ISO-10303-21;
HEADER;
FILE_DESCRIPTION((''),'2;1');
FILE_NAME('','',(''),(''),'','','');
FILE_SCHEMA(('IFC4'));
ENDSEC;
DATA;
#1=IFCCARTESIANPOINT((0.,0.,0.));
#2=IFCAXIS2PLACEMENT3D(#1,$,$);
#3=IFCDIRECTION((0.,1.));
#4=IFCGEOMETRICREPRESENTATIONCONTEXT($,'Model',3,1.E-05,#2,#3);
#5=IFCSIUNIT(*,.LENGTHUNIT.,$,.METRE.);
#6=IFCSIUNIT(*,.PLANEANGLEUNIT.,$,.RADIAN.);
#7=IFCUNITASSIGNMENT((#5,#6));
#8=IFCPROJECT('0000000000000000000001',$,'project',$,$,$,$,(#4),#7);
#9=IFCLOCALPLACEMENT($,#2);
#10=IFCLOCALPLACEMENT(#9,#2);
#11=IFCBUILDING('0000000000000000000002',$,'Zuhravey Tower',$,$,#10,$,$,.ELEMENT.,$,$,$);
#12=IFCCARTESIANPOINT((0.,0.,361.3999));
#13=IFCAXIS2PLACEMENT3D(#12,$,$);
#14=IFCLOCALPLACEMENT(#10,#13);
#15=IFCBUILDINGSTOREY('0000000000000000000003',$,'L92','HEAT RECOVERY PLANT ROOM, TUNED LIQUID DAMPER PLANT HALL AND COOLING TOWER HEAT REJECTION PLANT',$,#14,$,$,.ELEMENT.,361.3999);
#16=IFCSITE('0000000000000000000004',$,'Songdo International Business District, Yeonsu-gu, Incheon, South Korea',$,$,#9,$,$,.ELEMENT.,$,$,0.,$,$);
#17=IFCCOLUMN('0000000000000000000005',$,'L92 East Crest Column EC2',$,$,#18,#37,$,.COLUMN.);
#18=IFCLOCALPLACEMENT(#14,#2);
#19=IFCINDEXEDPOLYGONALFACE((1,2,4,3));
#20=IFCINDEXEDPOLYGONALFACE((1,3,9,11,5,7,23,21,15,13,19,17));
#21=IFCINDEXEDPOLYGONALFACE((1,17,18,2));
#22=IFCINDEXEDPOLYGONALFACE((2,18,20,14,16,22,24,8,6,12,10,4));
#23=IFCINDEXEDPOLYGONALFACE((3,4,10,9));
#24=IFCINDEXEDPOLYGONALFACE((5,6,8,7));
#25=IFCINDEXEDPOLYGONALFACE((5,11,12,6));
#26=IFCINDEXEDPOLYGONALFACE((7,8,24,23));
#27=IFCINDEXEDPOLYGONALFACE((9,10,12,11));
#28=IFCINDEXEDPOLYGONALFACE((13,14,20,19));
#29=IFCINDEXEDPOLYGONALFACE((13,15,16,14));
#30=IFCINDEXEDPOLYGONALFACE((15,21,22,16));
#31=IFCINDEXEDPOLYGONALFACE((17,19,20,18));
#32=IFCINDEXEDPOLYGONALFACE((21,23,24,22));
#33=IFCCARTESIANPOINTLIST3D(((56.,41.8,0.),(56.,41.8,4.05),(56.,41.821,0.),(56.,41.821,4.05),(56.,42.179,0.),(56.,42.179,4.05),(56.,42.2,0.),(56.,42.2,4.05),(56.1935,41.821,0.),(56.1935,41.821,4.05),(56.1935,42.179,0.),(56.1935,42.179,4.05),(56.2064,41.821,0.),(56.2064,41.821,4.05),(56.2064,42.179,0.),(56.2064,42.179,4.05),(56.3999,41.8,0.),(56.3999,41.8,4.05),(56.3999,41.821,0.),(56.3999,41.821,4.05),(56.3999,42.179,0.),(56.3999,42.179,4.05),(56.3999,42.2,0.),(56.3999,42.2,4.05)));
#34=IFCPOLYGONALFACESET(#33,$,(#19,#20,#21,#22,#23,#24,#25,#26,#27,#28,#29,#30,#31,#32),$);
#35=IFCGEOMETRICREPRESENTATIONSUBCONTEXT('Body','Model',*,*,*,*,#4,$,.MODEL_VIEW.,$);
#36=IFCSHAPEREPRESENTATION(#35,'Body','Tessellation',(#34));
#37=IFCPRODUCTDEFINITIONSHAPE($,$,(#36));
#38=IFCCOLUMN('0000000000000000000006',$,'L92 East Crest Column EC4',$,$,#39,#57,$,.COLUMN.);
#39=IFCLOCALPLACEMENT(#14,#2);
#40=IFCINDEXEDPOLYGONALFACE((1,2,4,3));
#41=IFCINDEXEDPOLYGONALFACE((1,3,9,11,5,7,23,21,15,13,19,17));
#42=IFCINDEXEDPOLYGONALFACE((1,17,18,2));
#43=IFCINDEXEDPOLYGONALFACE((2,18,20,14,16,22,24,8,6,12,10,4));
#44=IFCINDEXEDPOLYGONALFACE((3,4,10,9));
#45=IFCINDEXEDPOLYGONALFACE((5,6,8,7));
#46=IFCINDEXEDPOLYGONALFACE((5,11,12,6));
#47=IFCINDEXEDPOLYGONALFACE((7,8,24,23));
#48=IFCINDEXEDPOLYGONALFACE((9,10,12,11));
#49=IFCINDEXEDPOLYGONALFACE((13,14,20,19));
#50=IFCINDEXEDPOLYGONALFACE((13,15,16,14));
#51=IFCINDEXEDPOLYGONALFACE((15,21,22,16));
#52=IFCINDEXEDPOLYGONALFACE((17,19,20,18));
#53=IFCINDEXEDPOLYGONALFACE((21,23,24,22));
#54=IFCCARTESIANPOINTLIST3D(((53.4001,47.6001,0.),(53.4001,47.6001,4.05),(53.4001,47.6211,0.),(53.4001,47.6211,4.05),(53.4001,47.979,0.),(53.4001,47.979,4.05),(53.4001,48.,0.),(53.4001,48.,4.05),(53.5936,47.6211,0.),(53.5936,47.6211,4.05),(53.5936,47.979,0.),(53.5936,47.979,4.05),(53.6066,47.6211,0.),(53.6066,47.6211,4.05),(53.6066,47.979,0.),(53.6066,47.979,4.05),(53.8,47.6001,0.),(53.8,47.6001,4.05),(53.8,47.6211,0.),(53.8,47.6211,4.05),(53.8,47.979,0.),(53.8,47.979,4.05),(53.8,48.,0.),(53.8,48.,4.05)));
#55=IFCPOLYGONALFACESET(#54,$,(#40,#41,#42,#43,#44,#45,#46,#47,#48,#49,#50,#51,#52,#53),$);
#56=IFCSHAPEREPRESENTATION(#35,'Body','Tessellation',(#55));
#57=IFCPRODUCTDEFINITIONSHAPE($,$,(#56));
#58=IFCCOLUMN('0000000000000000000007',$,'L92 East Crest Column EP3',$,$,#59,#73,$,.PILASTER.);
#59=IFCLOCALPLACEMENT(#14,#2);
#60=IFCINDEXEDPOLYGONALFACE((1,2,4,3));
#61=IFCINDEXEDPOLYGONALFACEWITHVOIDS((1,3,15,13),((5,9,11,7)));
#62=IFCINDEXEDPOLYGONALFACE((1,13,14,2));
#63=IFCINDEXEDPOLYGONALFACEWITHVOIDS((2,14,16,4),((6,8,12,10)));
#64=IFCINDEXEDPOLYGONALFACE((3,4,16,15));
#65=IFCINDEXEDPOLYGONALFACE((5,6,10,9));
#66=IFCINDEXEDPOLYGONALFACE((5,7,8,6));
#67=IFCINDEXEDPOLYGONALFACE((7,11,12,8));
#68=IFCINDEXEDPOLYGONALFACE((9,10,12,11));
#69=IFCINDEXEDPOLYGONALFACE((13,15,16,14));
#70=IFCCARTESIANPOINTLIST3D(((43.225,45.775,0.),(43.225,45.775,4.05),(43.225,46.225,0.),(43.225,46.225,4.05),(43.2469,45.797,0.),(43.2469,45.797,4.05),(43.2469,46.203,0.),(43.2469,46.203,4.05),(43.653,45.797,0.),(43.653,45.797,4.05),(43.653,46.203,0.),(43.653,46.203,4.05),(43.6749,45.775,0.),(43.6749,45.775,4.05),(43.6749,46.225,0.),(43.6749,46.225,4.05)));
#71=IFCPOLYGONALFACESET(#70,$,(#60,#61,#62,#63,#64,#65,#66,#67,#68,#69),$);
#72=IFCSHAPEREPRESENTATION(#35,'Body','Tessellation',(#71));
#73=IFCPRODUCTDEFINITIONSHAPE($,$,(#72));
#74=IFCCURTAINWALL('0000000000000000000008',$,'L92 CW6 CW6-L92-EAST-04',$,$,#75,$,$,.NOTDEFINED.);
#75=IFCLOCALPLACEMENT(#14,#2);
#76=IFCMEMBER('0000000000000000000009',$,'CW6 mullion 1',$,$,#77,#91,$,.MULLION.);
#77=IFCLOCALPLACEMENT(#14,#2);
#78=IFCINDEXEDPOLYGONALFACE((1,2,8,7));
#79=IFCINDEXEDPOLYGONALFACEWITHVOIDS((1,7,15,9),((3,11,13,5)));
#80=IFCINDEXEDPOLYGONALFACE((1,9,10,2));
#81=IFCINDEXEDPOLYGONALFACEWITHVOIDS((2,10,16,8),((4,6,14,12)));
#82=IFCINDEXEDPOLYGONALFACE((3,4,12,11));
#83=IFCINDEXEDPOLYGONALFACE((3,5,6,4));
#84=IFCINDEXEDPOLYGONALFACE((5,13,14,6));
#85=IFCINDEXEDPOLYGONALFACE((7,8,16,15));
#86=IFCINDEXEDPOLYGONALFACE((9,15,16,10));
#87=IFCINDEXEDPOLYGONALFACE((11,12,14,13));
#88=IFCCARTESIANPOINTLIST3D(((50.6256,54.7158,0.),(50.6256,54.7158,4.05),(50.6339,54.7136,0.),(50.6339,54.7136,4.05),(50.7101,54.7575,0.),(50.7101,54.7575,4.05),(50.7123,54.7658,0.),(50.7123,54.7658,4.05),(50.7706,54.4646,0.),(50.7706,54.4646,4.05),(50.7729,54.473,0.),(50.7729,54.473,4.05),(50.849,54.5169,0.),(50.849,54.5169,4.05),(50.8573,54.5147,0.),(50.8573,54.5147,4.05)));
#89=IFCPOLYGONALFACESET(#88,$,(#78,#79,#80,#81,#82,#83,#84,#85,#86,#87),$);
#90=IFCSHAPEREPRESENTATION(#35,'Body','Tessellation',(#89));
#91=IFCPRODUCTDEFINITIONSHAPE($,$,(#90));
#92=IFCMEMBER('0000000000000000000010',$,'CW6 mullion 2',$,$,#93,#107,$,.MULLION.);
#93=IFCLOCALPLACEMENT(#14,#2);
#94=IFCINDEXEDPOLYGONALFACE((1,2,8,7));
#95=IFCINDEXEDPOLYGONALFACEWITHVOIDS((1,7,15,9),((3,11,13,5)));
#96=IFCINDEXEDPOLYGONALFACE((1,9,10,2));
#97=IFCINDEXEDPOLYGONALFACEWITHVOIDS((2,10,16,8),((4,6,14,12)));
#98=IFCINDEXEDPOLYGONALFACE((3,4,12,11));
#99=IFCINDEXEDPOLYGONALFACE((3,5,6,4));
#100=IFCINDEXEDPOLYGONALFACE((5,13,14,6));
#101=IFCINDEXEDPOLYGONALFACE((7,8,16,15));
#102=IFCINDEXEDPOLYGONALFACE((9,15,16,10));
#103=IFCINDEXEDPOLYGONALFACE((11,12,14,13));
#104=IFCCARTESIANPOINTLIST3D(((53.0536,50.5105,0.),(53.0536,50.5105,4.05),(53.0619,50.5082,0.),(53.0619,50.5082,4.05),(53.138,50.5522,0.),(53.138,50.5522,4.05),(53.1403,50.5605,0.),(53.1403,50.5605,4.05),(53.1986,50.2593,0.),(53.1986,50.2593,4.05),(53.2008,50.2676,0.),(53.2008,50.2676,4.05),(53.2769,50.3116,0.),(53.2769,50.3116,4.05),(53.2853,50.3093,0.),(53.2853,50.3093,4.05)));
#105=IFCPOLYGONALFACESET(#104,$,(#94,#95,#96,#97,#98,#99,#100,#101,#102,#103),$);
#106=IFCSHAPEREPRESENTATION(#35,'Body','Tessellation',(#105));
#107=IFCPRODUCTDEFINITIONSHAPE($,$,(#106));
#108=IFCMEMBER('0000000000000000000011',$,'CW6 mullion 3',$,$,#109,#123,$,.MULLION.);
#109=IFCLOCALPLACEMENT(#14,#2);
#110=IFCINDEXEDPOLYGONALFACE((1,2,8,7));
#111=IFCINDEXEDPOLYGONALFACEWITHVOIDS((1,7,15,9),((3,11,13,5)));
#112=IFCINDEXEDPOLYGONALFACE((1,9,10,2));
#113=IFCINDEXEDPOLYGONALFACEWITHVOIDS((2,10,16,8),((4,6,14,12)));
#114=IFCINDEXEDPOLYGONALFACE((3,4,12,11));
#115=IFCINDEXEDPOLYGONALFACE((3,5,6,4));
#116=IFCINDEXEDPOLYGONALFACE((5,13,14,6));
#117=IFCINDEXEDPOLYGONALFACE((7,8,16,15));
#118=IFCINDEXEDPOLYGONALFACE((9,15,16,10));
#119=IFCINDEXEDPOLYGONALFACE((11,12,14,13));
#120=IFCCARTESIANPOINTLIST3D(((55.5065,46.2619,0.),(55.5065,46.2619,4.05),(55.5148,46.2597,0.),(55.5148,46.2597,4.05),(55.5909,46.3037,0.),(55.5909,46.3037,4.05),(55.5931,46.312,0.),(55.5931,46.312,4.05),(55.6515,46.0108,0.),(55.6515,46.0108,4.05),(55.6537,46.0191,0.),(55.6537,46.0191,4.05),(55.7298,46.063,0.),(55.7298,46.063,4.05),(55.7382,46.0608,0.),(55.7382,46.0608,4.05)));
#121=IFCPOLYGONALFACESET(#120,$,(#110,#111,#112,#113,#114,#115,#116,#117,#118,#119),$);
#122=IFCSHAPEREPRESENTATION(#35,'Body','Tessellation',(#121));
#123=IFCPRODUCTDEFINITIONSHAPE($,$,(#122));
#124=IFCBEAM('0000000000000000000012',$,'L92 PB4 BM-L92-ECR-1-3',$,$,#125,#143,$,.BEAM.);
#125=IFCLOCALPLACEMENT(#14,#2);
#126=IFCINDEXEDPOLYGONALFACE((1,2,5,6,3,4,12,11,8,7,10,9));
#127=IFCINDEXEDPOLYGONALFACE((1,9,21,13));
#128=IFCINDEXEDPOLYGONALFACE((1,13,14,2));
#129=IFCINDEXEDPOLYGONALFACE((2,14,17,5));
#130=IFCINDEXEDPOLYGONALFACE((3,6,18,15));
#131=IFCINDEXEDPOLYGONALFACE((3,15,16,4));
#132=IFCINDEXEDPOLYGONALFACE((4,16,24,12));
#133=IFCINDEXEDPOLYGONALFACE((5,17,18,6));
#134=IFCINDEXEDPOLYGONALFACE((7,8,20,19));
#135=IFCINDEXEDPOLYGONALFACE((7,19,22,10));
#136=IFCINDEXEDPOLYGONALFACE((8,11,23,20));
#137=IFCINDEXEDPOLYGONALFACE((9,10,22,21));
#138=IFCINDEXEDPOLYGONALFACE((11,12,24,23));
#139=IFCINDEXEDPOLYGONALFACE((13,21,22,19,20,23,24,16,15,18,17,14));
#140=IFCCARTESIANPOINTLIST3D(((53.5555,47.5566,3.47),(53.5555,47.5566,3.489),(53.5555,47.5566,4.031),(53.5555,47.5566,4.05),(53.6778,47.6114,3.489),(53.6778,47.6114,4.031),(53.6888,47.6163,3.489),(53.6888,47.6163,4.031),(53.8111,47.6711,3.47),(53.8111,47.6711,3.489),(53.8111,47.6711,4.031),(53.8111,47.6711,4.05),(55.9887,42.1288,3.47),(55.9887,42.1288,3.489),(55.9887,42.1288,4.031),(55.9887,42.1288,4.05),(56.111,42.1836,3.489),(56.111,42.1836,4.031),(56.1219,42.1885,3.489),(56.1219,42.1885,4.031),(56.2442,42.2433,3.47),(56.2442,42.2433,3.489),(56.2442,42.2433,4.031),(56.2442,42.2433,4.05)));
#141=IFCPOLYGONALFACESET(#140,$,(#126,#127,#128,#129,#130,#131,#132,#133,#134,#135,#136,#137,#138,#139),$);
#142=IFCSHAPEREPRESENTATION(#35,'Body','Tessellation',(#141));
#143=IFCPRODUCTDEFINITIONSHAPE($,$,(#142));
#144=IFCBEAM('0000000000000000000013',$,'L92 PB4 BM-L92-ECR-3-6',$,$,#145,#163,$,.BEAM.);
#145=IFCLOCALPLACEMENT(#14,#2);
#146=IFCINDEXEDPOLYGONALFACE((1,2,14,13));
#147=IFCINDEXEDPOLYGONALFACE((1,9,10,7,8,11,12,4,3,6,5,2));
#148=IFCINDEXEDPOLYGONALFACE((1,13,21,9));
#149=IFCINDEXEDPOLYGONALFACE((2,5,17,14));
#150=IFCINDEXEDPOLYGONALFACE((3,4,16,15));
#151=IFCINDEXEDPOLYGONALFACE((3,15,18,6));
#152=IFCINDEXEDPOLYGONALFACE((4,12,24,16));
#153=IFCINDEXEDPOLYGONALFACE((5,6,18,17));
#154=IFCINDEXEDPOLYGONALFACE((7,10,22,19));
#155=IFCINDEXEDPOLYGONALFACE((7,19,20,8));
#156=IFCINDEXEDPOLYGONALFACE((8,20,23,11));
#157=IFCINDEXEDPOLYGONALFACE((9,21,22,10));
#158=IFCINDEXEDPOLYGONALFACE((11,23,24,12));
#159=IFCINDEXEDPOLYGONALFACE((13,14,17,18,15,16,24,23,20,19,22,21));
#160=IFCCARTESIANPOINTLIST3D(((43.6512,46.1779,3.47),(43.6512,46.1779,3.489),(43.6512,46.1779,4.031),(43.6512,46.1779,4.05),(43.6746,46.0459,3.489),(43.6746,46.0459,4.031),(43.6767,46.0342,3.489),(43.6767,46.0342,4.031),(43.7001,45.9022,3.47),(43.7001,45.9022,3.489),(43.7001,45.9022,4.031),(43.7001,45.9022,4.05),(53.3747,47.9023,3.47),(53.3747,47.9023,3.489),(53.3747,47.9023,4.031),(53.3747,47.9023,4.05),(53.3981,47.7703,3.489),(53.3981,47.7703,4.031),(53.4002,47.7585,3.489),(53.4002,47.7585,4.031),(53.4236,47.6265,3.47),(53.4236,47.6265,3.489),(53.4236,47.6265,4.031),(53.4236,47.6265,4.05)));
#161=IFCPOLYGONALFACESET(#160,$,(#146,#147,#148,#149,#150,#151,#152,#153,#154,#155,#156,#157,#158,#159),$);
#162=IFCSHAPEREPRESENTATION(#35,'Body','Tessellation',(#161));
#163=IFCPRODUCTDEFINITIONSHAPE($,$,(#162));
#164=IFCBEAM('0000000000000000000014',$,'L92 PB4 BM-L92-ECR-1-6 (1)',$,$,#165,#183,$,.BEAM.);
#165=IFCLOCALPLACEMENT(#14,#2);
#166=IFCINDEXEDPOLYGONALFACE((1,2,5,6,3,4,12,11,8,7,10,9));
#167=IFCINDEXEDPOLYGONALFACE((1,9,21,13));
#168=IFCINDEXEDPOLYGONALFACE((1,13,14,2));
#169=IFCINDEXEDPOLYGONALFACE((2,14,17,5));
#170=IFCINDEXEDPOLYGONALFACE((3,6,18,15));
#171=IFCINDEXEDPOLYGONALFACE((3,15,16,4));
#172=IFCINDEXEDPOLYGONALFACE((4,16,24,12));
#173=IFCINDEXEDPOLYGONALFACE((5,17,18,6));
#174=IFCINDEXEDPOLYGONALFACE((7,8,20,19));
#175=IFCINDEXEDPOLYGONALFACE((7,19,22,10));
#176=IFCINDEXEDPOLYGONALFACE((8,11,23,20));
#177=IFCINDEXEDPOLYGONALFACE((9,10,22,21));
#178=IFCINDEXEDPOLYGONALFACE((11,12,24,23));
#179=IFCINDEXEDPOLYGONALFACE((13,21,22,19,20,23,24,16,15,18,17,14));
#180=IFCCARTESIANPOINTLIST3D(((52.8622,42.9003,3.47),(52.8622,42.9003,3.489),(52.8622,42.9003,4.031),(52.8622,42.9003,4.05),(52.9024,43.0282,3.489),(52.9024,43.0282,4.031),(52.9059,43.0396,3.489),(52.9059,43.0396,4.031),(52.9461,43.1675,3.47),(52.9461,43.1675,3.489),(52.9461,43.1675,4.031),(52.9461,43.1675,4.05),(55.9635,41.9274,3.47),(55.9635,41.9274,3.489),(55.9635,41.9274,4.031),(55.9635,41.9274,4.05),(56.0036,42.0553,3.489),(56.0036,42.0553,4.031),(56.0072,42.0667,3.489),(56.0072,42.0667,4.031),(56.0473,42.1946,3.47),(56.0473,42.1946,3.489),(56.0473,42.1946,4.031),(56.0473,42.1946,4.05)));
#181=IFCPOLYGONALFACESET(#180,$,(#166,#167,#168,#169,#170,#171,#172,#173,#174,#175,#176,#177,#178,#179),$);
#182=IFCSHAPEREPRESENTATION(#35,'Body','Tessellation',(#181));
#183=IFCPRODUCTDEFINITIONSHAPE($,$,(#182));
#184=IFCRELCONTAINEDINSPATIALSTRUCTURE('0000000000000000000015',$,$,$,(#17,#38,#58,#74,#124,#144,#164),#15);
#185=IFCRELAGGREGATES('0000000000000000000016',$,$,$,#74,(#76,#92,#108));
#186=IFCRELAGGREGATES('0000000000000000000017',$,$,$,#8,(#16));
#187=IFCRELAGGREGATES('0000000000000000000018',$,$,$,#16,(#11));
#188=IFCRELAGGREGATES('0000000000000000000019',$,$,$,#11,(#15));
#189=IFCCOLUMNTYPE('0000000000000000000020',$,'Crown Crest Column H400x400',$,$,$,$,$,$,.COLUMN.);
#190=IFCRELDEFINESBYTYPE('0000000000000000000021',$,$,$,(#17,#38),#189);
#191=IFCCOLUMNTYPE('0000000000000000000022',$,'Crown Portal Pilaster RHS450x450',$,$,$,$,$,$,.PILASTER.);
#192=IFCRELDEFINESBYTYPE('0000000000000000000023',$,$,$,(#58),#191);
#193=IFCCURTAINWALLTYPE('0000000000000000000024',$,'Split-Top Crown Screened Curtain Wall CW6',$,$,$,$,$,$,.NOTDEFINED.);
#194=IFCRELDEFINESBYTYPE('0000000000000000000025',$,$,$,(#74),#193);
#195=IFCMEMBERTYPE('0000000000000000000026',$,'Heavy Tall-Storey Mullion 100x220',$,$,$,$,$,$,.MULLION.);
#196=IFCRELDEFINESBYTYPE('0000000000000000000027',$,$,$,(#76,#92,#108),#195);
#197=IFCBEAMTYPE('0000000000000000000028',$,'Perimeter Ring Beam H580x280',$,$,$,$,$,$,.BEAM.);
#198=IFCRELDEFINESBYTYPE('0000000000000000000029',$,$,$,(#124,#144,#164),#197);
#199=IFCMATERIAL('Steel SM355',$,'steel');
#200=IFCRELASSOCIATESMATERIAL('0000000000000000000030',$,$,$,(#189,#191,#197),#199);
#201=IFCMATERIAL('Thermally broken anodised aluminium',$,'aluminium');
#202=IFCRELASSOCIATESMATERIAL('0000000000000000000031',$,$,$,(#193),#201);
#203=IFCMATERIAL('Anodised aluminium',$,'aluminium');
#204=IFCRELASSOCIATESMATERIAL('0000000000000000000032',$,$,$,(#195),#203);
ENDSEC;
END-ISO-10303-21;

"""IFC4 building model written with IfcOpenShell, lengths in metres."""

from ifc_helpers import new_model, si_unit, direction, frame, origin, origin_2d, place, context, subcontext, project, spatial, hollow_rectangle, i_section, extrude, material, material_profile, profile_set, type_object, element, aggregate, save


model = new_model("IFC4")

# Units and contexts
model_context = context("Model", 3, precision=1e-05, world=origin(), true_north=direction((0.0, 1.0)))
body_context = subcontext(model_context, "Body", "Model", "MODEL_VIEW")
ifc_project = project(units=[si_unit("LENGTHUNIT", "METRE"), si_unit("PLANEANGLEUNIT", "RADIAN")], contexts=[model_context])

# Site, building, storey
site_placement = place(None, origin())
site = spatial("IfcSite", under=ifc_project, at=site_placement, Name="Songdo International Business District, Yeonsu-gu, Incheon, South Korea", CompositionType="ELEMENT", RefElevation=0.0)
building_placement = place(site_placement, origin())
building = spatial("IfcBuilding", under=site, at=building_placement, Name="Zuhravey Tower", CompositionType="ELEMENT")
storey_placement = place(building_placement, frame((0.0, 0.0, 361.3999)))
storey = spatial("IfcBuildingStorey", under=building, at=storey_placement, Name="L92", Description="HEAT RECOVERY PLANT ROOM, TUNED LIQUID DAMPER PLANT HALL AND COOLING TOWER HEAT REJECTION PLANT", CompositionType="ELEMENT", Elevation=361.3999)

# Columns
ifc_material_1 = material(Name="Steel SM355", Category="steel")
ifc_material_profile_1 = material_profile(ifc_material_1, i_section(OverallWidth=0.3999, OverallDepth=0.3999, WebThickness=0.0129, FlangeThickness=0.021, at=origin_2d()), Name="H-400x400x13x21")
ifc_profile_set_1 = profile_set([ifc_material_profile_1], Name="Steel SM355")
column_type_1 = type_object("IfcColumnType", Name="Crown Crest Column H400x400", PredefinedType="COLUMN", material=ifc_profile_set_1)
for number, where, z_axis, x_axis, name in (
    (1, (56.2, 42.0, 0.0), (0.0, 0.0, 1.0), (1.0, 0.0, 0.0), "L92 East Crest Column EC2"),
    (2, (53.6001, 47.8, 0.0), (0.0, 0.0, 1.0), (1.0, 0.0, 0.0), "L92 East Crest Column EC4"),
):
    element("IfcColumn", number, at=place(storey_placement, frame(where, z_axis=z_axis, x_axis=x_axis)), inside=storey, type_object=column_type_1, Name=name, PredefinedType="COLUMN", context=body_context, shape_type="SweptSolid", body=[
        extrude(i_section(OverallWidth=0.3999, OverallDepth=0.3999, WebThickness=0.0129, FlangeThickness=0.021, at=origin_2d()), origin(), (0.0, 0.0, 1.0), 4.05),
    ])
ifc_material_profile_2 = material_profile(ifc_material_1, hollow_rectangle(XDim=0.45, YDim=0.45, WallThickness=0.022, at=origin_2d()), Name="RHS-450x450x22")
ifc_profile_set_2 = profile_set([ifc_material_profile_2], Name="Steel SM355")
column_type_2 = type_object("IfcColumnType", Name="Crown Portal Pilaster RHS450x450", PredefinedType="PILASTER", material=ifc_profile_set_2)
column_placement = place(storey_placement, frame((43.45, 46.0, 0.0), z_axis=(0.0, 0.0, 1.0), x_axis=(1.0, 0.0, 0.0)))
element("IfcColumn", 3, at=column_placement, inside=storey, type_object=column_type_2, Name="L92 East Crest Column EP3", PredefinedType="PILASTER", context=body_context, shape_type="SweptSolid", body=[
    extrude(hollow_rectangle(XDim=0.45, YDim=0.45, WallThickness=0.022, at=origin_2d()), origin(), (0.0, 0.0, 1.0), 4.05),
])

# Curtain wall, members
ifc_material_2 = material(Name="Thermally broken anodised aluminium", Category="aluminium")
curtain_wall_type = type_object("IfcCurtainWallType", Name="Split-Top Crown Screened Curtain Wall CW6", PredefinedType="NOTDEFINED", material=ifc_material_2)
curtain_wall_placement = place(storey_placement, origin())
curtain_wall = element("IfcCurtainWall", 4, at=curtain_wall_placement, inside=storey, type_object=curtain_wall_type, Name="L92 CW6 CW6-L92-EAST-04", PredefinedType="NOTDEFINED")
ifc_material_3 = material(Name="Anodised aluminium", Category="aluminium")
ifc_material_profile_3 = material_profile(ifc_material_3, hollow_rectangle(XDim=0.1001, YDim=0.29, WallThickness=0.0061, at=origin_2d()), Name="ALU-RHS-100x290x6")
ifc_profile_set_3 = profile_set([ifc_material_profile_3], Name="Anodised aluminium")
member_type_1 = type_object("IfcMemberType", Name="Heavy Tall-Storey Mullion 100x220", PredefinedType="MULLION", material=ifc_profile_set_3)
member_1_placement = place(storey_placement, frame((50.7415, 54.6152, 0.0), z_axis=(0.0, 0.0, 1.0), x_axis=(0.866027, 0.499997, 0.0)))
member_1 = element("IfcMember", 5, at=member_1_placement, type_object=member_type_1, Name="CW6 mullion 1", PredefinedType="MULLION", context=body_context, shape_type="SweptSolid", body=[
    extrude(hollow_rectangle(XDim=0.1001, YDim=0.29, WallThickness=0.0061, at=origin_2d()), origin(), (0.0, 0.0, 1.0), 4.05),
])
member_2_placement = place(storey_placement, frame((53.1694, 50.4099, 0.0), z_axis=(0.0, 0.0, 1.0), x_axis=(0.866027, 0.499997, 0.0)))
member_2 = element("IfcMember", 6, at=member_2_placement, type_object=member_type_1, Name="CW6 mullion 2", PredefinedType="MULLION", context=body_context, shape_type="SweptSolid", body=[
    extrude(hollow_rectangle(XDim=0.1001, YDim=0.29, WallThickness=0.0061, at=origin_2d()), origin(), (0.0, 0.0, 1.0), 4.05),
])
member_3_placement = place(storey_placement, frame((55.6223, 46.1614, 0.0), z_axis=(0.0, 0.0, 1.0), x_axis=(0.866027, 0.499997, 0.0)))
member_3 = element("IfcMember", 7, at=member_3_placement, type_object=member_type_1, Name="CW6 mullion 3", PredefinedType="MULLION", context=body_context, shape_type="SweptSolid", body=[
    extrude(hollow_rectangle(XDim=0.1001, YDim=0.29, WallThickness=0.0061, at=origin_2d()), origin(), (0.0, 0.0, 1.0), 4.05),
])

# Beams
ifc_material_profile_4 = material_profile(ifc_material_1, i_section(OverallWidth=0.28, OverallDepth=0.5801, WebThickness=0.012, FlangeThickness=0.019, at=origin_2d()), Name="H-580x280x12x19")
ifc_profile_set_4 = profile_set([ifc_material_profile_4], Name="Steel SM355")
beam_type = type_object("IfcBeamType", Name="Perimeter Ring Beam H580x280", PredefinedType="BEAM", material=ifc_profile_set_4)
beam_1_placement = place(storey_placement, frame((56.1165, 42.186, 3.76), z_axis=(-0.409054, 0.91251, 0.0), x_axis=(-0.91251, -0.409054, 0.0)))
element("IfcBeam", 8, at=beam_1_placement, inside=storey, type_object=beam_type, Name="L92 PB4 BM-L92-ECR-1-3", PredefinedType="BEAM", context=body_context, shape_type="SweptSolid", body=[
    extrude(i_section(OverallWidth=0.28, OverallDepth=0.5801, WebThickness=0.012, FlangeThickness=0.019, at=origin_2d()), origin(), (0.0, 0.0, 1.0), 5.9482),
])
beam_2_placement = place(storey_placement, frame((53.3992, 47.7644, 3.76), z_axis=(-0.984637, -0.174613, 0.0), x_axis=(0.174613, -0.984637, 0.0)))
element("IfcBeam", 9, at=beam_2_placement, inside=storey, type_object=beam_type, Name="L92 PB4 BM-L92-ECR-3-6", PredefinedType="BEAM", context=body_context, shape_type="SweptSolid", body=[
    extrude(i_section(OverallWidth=0.28, OverallDepth=0.5801, WebThickness=0.012, FlangeThickness=0.019, at=origin_2d()), origin(), (0.0, 0.0, 1.0), 9.8752),
])
beam_3_placement = place(storey_placement, frame((56.0054, 42.061, 3.76), z_axis=(-0.954152, 0.299323, 0.0), x_axis=(-0.299323, -0.954152, 0.0)))
element("IfcBeam", 10, at=beam_3_placement, inside=storey, type_object=beam_type, Name="L92 PB4 BM-L92-ECR-1-6 (1)", PredefinedType="BEAM", context=body_context, shape_type="SweptSolid", body=[
    extrude(i_section(OverallWidth=0.28, OverallDepth=0.5801, WebThickness=0.012, FlangeThickness=0.019, at=origin_2d()), origin(), (0.0, 0.0, 1.0), 3.2502),
])

aggregate(curtain_wall, [member_1, member_2, member_3])

save(model, "model.ifc")
